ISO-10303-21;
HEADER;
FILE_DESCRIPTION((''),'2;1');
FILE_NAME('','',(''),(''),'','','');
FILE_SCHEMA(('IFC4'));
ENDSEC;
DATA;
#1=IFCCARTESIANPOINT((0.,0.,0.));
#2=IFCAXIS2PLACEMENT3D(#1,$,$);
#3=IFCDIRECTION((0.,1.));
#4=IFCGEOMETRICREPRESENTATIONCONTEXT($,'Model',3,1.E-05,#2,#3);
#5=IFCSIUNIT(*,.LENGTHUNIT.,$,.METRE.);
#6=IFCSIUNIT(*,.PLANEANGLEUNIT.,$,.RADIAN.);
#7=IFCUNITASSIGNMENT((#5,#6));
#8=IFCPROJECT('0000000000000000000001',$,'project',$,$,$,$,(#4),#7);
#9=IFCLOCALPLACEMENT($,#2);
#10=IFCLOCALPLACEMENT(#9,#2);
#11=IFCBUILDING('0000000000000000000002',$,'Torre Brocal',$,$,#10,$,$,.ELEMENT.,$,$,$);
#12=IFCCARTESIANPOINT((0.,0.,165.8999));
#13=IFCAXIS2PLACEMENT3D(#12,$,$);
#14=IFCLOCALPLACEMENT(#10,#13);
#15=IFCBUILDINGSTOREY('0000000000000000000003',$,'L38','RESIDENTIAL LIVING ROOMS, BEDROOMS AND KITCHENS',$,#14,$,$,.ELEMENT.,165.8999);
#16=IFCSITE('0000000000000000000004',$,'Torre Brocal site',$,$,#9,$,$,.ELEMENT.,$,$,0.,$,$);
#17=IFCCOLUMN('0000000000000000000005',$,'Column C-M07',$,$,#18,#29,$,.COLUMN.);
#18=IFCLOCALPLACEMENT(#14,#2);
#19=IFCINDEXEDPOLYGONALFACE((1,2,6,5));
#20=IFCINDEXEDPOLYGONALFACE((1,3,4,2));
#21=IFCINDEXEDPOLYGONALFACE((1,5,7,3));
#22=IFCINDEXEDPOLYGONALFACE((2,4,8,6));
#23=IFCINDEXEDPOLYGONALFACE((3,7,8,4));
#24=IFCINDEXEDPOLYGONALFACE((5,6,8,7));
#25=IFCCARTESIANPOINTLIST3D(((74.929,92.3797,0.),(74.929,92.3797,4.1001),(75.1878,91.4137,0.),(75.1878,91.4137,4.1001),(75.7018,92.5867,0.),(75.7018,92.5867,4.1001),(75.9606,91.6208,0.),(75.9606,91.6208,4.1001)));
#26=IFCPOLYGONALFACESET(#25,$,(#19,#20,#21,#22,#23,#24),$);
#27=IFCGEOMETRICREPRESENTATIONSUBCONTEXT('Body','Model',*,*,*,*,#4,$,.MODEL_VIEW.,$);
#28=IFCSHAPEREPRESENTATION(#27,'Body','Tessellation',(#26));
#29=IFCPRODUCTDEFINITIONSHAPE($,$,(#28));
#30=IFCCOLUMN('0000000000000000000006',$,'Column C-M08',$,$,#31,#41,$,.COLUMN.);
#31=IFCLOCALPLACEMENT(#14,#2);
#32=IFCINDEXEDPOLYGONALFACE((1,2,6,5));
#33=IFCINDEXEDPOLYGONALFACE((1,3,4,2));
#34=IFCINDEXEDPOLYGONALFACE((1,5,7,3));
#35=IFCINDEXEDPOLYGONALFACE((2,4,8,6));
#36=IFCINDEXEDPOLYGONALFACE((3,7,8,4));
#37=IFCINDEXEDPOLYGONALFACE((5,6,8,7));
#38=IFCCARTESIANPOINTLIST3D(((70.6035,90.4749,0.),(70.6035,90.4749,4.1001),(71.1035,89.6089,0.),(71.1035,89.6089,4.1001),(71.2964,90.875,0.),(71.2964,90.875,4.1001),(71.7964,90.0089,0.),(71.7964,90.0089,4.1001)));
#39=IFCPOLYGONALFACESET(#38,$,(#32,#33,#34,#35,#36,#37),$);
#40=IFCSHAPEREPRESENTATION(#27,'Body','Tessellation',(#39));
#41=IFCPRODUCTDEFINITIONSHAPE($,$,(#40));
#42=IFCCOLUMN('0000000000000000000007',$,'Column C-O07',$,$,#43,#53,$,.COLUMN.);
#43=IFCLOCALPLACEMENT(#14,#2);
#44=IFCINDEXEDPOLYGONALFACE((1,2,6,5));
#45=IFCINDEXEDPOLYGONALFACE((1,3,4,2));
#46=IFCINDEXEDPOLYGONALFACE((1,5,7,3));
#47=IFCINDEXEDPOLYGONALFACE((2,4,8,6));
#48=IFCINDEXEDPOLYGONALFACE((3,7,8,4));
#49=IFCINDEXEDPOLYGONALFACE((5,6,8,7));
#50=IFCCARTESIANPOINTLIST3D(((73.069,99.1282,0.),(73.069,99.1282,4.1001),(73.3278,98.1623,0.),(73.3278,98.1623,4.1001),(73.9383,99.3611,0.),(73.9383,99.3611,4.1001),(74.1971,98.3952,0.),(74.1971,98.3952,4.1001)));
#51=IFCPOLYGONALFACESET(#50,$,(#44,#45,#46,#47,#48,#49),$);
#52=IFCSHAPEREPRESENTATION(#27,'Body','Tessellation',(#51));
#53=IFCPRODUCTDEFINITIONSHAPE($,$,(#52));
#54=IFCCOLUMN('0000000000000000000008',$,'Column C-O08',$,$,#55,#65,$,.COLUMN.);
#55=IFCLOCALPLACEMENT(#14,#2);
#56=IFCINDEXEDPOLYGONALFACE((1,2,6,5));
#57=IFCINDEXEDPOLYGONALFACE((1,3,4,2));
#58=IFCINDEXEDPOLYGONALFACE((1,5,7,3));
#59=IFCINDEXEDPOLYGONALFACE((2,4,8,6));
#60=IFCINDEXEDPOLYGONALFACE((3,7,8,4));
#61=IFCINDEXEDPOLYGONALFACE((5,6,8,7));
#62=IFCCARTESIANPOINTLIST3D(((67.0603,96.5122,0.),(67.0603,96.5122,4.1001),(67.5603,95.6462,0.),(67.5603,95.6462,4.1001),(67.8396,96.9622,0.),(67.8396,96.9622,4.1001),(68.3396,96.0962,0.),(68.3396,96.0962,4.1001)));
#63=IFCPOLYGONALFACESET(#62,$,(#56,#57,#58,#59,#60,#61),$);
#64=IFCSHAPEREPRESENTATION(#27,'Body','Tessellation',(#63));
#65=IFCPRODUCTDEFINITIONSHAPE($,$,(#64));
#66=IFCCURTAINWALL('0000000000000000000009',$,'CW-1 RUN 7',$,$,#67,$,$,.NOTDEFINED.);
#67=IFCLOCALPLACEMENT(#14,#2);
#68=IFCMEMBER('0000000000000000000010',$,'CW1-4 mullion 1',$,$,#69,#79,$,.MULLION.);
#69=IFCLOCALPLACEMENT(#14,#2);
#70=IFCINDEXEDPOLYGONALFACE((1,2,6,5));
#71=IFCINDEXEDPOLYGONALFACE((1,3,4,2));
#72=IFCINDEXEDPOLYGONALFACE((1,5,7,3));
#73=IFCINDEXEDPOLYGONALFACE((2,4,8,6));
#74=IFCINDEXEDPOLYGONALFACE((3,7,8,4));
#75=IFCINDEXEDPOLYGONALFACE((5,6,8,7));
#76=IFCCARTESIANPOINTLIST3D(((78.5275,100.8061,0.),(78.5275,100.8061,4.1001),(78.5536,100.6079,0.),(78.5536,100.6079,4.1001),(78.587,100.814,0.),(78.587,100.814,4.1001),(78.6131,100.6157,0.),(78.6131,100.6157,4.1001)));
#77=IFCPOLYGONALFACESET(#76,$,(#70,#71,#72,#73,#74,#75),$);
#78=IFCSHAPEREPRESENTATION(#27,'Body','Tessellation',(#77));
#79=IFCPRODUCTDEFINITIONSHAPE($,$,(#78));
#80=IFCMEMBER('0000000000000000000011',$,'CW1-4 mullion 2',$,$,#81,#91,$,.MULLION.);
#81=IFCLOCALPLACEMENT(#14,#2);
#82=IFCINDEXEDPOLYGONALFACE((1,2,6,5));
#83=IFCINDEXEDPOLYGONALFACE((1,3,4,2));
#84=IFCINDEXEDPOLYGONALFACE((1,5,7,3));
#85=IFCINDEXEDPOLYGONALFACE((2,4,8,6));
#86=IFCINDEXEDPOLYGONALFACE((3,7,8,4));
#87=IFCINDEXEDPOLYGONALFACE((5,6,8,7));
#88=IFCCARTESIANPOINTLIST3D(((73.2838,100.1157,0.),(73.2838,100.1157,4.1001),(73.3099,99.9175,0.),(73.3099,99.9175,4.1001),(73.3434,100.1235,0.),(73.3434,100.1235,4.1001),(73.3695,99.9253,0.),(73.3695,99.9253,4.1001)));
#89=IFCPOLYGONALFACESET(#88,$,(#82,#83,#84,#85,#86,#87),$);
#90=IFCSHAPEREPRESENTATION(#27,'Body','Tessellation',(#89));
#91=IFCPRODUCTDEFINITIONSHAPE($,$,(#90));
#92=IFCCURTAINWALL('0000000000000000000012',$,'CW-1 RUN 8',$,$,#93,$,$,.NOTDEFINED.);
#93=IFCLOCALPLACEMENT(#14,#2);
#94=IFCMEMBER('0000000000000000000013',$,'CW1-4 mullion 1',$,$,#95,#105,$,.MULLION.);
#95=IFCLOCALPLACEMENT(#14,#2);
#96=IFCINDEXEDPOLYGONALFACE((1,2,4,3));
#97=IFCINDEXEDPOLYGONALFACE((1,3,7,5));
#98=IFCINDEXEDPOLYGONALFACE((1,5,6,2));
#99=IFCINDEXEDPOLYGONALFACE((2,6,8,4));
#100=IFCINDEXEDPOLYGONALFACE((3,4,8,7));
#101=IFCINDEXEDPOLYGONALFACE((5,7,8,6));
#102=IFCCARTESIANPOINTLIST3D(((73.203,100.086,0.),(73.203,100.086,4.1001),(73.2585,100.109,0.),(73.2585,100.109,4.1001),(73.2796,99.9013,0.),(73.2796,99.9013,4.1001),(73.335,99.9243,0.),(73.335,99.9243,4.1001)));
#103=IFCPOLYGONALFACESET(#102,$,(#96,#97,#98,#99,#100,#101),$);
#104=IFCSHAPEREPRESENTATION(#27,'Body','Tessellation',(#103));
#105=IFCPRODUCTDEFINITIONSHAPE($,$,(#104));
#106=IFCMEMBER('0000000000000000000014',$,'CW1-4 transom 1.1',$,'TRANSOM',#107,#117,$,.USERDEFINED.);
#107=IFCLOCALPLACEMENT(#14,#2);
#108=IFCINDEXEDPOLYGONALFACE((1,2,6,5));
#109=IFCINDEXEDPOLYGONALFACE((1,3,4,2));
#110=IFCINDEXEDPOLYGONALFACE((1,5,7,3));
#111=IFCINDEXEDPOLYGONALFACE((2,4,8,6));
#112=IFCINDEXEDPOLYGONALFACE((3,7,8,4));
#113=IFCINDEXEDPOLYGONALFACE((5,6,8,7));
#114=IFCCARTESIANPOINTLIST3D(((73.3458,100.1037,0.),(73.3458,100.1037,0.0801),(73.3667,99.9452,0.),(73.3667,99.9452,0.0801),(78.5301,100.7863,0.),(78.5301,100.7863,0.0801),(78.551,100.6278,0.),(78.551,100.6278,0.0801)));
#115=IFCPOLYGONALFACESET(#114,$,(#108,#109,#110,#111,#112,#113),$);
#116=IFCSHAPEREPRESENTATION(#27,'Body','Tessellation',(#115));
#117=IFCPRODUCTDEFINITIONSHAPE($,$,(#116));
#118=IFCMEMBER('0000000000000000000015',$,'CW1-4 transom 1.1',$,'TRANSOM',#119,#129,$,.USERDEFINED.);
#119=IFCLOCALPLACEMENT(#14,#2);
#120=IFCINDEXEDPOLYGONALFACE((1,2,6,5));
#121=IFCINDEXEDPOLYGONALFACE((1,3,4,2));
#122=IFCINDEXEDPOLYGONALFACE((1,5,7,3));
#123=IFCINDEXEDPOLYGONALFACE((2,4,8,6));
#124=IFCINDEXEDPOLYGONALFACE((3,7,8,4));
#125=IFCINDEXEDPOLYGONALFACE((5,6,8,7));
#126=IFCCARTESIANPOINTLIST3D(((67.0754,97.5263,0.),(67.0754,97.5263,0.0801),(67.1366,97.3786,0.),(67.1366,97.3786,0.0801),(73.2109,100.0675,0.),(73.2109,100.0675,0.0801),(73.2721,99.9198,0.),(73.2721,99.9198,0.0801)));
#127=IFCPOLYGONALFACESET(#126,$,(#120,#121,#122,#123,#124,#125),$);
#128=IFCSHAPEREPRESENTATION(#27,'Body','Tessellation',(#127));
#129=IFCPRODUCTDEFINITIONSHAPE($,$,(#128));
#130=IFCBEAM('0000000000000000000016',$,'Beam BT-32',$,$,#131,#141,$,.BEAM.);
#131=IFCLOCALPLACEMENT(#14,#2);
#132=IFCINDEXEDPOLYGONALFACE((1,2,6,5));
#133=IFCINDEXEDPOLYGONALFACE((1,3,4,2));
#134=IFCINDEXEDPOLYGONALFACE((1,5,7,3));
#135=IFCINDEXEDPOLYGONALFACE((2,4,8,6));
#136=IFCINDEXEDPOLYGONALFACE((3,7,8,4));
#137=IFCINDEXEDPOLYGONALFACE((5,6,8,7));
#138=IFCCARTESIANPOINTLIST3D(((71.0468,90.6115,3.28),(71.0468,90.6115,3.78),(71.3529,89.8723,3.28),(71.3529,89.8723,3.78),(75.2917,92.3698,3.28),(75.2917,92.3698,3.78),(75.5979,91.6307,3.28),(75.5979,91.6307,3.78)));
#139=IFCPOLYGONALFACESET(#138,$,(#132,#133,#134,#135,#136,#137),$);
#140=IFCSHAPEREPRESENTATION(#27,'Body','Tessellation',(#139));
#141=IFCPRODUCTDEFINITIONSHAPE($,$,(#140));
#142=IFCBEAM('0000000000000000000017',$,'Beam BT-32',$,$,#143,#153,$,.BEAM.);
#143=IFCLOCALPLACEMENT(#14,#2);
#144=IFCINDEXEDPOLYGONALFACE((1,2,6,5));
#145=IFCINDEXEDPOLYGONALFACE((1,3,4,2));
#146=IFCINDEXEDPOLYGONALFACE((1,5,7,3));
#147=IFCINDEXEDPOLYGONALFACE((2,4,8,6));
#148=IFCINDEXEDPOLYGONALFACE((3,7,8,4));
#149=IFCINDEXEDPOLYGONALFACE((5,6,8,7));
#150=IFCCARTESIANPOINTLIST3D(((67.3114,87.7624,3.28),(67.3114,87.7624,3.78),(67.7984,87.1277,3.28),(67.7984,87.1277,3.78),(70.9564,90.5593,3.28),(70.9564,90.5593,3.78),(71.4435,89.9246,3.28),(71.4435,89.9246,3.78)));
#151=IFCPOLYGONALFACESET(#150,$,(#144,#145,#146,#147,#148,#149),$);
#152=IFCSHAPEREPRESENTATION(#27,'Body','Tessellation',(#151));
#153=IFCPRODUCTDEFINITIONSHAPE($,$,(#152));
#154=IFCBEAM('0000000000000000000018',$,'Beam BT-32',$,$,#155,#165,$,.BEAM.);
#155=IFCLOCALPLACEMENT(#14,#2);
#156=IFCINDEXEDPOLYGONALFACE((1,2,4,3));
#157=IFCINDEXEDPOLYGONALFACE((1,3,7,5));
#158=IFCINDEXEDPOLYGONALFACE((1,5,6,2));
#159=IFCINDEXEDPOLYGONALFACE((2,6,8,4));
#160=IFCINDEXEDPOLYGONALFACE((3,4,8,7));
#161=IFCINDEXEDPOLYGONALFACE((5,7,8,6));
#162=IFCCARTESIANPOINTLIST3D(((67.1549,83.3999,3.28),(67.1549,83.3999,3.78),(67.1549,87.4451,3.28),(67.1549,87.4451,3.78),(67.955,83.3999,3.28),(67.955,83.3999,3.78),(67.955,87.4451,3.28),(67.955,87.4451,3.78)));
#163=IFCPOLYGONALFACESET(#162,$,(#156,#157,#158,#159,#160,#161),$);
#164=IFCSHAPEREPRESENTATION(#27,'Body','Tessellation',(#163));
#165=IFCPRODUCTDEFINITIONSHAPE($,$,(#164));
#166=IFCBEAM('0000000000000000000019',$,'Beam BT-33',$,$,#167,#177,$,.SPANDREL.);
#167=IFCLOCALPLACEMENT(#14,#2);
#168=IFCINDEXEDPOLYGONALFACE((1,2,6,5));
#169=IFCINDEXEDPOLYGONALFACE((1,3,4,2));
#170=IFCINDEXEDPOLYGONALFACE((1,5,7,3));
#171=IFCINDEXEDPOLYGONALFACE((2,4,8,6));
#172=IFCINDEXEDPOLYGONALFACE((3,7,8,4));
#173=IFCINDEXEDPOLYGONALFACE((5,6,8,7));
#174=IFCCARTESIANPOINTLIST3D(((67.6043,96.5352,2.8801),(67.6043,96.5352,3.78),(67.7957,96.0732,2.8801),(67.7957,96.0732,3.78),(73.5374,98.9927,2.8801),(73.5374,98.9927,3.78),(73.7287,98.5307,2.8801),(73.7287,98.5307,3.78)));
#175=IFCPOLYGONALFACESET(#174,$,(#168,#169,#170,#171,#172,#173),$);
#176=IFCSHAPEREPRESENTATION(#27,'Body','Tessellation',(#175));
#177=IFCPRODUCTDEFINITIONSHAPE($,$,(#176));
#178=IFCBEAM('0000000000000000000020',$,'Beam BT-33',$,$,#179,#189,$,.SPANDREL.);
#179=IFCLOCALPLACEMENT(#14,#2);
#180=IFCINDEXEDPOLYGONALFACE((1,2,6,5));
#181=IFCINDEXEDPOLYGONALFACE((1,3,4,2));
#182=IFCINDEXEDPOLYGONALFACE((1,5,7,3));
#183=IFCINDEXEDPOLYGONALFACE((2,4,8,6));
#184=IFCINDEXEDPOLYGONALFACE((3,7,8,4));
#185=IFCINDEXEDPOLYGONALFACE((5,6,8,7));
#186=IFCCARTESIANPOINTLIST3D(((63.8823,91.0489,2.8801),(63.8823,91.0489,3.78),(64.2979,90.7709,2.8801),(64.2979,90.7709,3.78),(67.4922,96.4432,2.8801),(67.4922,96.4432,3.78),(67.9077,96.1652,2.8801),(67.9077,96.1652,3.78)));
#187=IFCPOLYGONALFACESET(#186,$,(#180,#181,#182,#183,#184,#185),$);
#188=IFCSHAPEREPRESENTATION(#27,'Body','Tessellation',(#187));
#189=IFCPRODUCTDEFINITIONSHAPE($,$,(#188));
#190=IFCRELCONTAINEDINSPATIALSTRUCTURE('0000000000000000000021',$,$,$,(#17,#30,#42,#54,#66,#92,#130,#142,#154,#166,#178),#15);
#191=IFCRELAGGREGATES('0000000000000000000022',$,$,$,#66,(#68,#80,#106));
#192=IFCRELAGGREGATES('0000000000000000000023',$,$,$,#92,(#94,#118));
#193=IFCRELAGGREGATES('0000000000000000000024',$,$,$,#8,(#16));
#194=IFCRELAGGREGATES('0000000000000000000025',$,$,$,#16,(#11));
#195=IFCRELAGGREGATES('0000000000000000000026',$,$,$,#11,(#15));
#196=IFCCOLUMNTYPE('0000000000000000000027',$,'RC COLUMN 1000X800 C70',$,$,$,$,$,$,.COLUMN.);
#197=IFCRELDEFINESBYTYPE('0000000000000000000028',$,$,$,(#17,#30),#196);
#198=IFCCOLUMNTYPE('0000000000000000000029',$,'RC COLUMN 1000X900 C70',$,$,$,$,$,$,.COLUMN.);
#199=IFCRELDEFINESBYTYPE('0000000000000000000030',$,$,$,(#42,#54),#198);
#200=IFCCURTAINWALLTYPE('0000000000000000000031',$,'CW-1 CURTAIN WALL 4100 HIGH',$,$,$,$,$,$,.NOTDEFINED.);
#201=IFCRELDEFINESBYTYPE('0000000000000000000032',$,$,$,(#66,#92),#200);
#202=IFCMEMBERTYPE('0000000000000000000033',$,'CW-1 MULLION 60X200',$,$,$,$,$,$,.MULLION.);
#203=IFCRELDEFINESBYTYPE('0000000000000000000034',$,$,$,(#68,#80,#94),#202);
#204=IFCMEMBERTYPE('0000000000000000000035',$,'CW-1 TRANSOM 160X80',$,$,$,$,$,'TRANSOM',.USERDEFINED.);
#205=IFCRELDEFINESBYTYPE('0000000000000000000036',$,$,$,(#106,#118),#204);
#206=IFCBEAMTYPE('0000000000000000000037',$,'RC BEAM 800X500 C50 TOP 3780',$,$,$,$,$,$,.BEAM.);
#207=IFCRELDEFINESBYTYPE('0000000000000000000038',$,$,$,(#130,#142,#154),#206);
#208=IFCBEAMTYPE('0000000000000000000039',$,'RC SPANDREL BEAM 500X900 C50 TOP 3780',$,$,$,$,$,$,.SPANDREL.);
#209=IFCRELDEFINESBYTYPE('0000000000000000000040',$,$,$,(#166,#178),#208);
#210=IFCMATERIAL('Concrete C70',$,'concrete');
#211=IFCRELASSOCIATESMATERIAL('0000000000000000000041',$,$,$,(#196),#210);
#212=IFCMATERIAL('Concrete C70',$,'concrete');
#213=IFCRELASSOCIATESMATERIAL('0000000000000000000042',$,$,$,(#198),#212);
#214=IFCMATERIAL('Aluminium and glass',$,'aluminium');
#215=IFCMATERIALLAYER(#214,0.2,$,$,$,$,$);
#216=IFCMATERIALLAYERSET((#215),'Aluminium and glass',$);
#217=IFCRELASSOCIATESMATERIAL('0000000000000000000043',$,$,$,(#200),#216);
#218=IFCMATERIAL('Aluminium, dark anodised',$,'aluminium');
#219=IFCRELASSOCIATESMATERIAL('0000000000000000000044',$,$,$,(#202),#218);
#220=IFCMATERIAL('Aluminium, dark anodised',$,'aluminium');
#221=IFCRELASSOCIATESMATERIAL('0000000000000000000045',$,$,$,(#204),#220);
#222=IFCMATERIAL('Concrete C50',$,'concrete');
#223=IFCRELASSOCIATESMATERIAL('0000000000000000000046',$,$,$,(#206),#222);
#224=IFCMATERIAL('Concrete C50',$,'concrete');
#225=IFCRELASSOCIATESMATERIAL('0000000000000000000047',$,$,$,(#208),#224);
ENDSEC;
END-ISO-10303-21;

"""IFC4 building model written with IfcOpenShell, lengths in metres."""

from ifc_helpers import new_model, si_unit, direction, frame, origin, origin_2d, place, context, subcontext, project, spatial, rectangle, extrude, material, layer, layer_set, material_profile, profile_set, type_object, element, aggregate, save


model = new_model("IFC4")

# Units and contexts
model_context = context("Model", 3, precision=1e-05, world=origin(), true_north=direction((0.0, 1.0)))
body_context = subcontext(model_context, "Body", "Model", "MODEL_VIEW")
ifc_project = project(units=[si_unit("LENGTHUNIT", "METRE"), si_unit("PLANEANGLEUNIT", "RADIAN")], contexts=[model_context])

# Site, building, storey
site_placement = place(None, origin())
site = spatial("IfcSite", under=ifc_project, at=site_placement, Name="Torre Brocal site", CompositionType="ELEMENT", RefElevation=0.0)
building_placement = place(site_placement, origin())
building = spatial("IfcBuilding", under=site, at=building_placement, Name="Torre Brocal", CompositionType="ELEMENT")
storey_placement = place(building_placement, frame((0.0, 0.0, 165.8999)))
storey = spatial("IfcBuildingStorey", under=building, at=storey_placement, Name="L38", Description="RESIDENTIAL LIVING ROOMS, BEDROOMS AND KITCHENS", CompositionType="ELEMENT", Elevation=165.8999)

# Columns
ifc_material_1 = material(Name="Concrete C70", Category="concrete")
ifc_material_profile_1 = material_profile(ifc_material_1, rectangle(XDim=1.0, YDim=0.8, at=origin_2d()), Name="RC 1000X800")
ifc_profile_set_1 = profile_set([ifc_material_profile_1], Name="Concrete C70")
column_type_1 = type_object("IfcColumnType", Name="RC COLUMN 1000X800 C70", PredefinedType="COLUMN", material=ifc_profile_set_1)
for number, where, z_axis, x_axis, name in (
    (1, (75.4448, 92.0002, 0.0), (0.0, 0.0, 1.0), (-0.258819, 0.965926, 0.0), "Column C-M07"),
    (2, (71.2, 90.2419, 0.0), (0.0, 0.0, 1.0), (-0.5, 0.866025, 0.0), "Column C-M08"),
):
    element("IfcColumn", number, at=place(storey_placement, frame(where, z_axis=z_axis, x_axis=x_axis)), inside=storey, type_object=column_type_1, Name=name, PredefinedType="COLUMN", context=body_context, shape_type="SweptSolid", body=[
        extrude(rectangle(XDim=1.0, YDim=0.8, at=origin_2d()), origin(), (0.0, 0.0, 1.0), 4.1001),
    ])
ifc_material_2 = material(Name="Concrete C70", Category="concrete")
ifc_material_profile_2 = material_profile(ifc_material_2, rectangle(XDim=1.0, YDim=0.8999, at=origin_2d()), Name="RC 1000X900")
ifc_profile_set_2 = profile_set([ifc_material_profile_2], Name="Concrete C70")
column_type_2 = type_object("IfcColumnType", Name="RC COLUMN 1000X900 C70", PredefinedType="COLUMN", material=ifc_profile_set_2)
for number, where, z_axis, x_axis, name in (
    (3, (73.6331, 98.7617, 0.0), (0.0, 0.0, 1.0), (-0.258819, 0.965926, 0.0), "Column C-O07"),
    (4, (67.7, 96.3042, 0.0), (0.0, 0.0, 1.0), (-0.5, 0.866025, 0.0), "Column C-O08"),
):
    element("IfcColumn", number, at=place(storey_placement, frame(where, z_axis=z_axis, x_axis=x_axis)), inside=storey, type_object=column_type_2, Name=name, PredefinedType="COLUMN", context=body_context, shape_type="SweptSolid", body=[
        extrude(rectangle(XDim=1.0, YDim=0.8999, at=origin_2d()), origin(), (0.0, 0.0, 1.0), 4.1001),
    ])

# Curtain wall, members
ifc_material_3 = material(Name="Aluminium and glass", Category="aluminium")
ifc_layer_1 = layer(ifc_material_3, 0.2)
ifc_layer_set_1 = layer_set([ifc_layer_1], Name="Aluminium and glass")
curtain_wall_type = type_object("IfcCurtainWallType", Name="CW-1 CURTAIN WALL 4100 HIGH", PredefinedType="NOTDEFINED", material=ifc_layer_set_1)
curtain_wall_1_placement = place(storey_placement, origin())
curtain_wall_1 = element("IfcCurtainWall", 5, at=curtain_wall_1_placement, inside=storey, type_object=curtain_wall_type, Name="CW-1 RUN 7", PredefinedType="NOTDEFINED")
ifc_material_4 = material(Name="Aluminium, dark anodised", Category="aluminium")
ifc_material_profile_3 = material_profile(ifc_material_4, rectangle(XDim=0.2, YDim=0.0601, at=origin_2d()), Name="CW-1 MULLION 60X200")
ifc_profile_set_3 = profile_set([ifc_material_profile_3], Name="Aluminium, dark anodised")
member_type_1 = type_object("IfcMemberType", Name="CW-1 MULLION 60X200", PredefinedType="MULLION", material=ifc_profile_set_3)
member_1_placement = place(storey_placement, frame((78.5703, 100.7109, 0.0), z_axis=(0.0, 0.0, 1.0), x_axis=(0.130526, -0.991445, 0.0)))
member_1 = element("IfcMember", 6, at=member_1_placement, type_object=member_type_1, Name="CW1-4 mullion 1", PredefinedType="MULLION", context=body_context, shape_type="SweptSolid", body=[
    extrude(rectangle(XDim=0.2, YDim=0.0601, at=origin_2d()), origin(), (0.0, 0.0, 1.0), 4.1001),
])
member_2_placement = place(storey_placement, frame((73.3267, 100.0205, 0.0), z_axis=(0.0, 0.0, 1.0), x_axis=(0.130526, -0.991445, 0.0)))
member_2 = element("IfcMember", 7, at=member_2_placement, type_object=member_type_1, Name="CW1-4 mullion 2", PredefinedType="MULLION", context=body_context, shape_type="SweptSolid", body=[
    extrude(rectangle(XDim=0.2, YDim=0.0601, at=origin_2d()), origin(), (0.0, 0.0, 1.0), 4.1001),
])

# Curtain wall, member
curtain_wall_2_placement = place(storey_placement, origin())
curtain_wall_2 = element("IfcCurtainWall", 8, at=curtain_wall_2_placement, inside=storey, type_object=curtain_wall_type, Name="CW-1 RUN 8", PredefinedType="NOTDEFINED")
member_3_placement = place(storey_placement, frame((73.269, 100.0051, 0.0), z_axis=(0.0, 0.0, 1.0), x_axis=(0.382683, -0.92388, 0.0)))
member_3 = element("IfcMember", 9, at=member_3_placement, type_object=member_type_1, Name="CW1-4 mullion 1", PredefinedType="MULLION", context=body_context, shape_type="SweptSolid", body=[
    extrude(rectangle(XDim=0.2, YDim=0.0601, at=origin_2d()), origin(), (0.0, 0.0, 1.0), 4.1001),
])

# Members
ifc_material_5 = material(Name="Aluminium, dark anodised", Category="aluminium")
ifc_material_profile_4 = material_profile(ifc_material_5, rectangle(XDim=0.1599, YDim=0.0801, at=origin_2d()), Name="CW-1 TRANSOM 160X80")
ifc_profile_set_4 = profile_set([ifc_material_profile_4], Name="Aluminium, dark anodised")
member_type_2 = type_object("IfcMemberType", Name="CW-1 TRANSOM 160X80", ElementType="TRANSOM", PredefinedType="USERDEFINED", material=ifc_profile_set_4)
member_4_placement = place(storey_placement, frame((78.5405, 100.707, 0.04), z_axis=(-0.991443, -0.130543, 0.0), x_axis=(0.130543, -0.991443, 0.0)))
member_4 = element("IfcMember", 10, at=member_4_placement, type_object=member_type_2, Name="CW1-4 transom 1.1", ObjectType="TRANSOM", PredefinedType="USERDEFINED", context=body_context, shape_type="SweptSolid", body=[
    extrude(rectangle(XDim=0.1599, YDim=0.0801, at=origin_2d()), origin(), (0.0, 0.0, 1.0), 5.229),
])
member_5_placement = place(storey_placement, frame((73.2415, 99.9937, 0.04), z_axis=(-0.923887, -0.382665, 0.0), x_axis=(0.382665, -0.923887, 0.0)))
member_5 = element("IfcMember", 11, at=member_5_placement, type_object=member_type_2, Name="CW1-4 transom 1.1", ObjectType="TRANSOM", PredefinedType="USERDEFINED", context=body_context, shape_type="SweptSolid", body=[
    extrude(rectangle(XDim=0.1599, YDim=0.0801, at=origin_2d()), origin(), (0.0, 0.0, 1.0), 6.6409),
])

# Beams
ifc_material_6 = material(Name="Concrete C50", Category="concrete")
ifc_material_profile_5 = material_profile(ifc_material_6, rectangle(XDim=0.8, YDim=0.5, at=origin_2d()), Name="RC 800X500")
ifc_profile_set_5 = profile_set([ifc_material_profile_5], Name="Concrete C50")
beam_type_1 = type_object("IfcBeamType", Name="RC BEAM 800X500 C50 TOP 3780", PredefinedType="BEAM", material=ifc_profile_set_5)
beam_1_placement = place(storey_placement, frame((75.4448, 92.0002, 3.53), z_axis=(-0.923878, -0.382687, 0.0), x_axis=(0.382687, -0.923878, 0.0)))
element("IfcBeam", 12, at=beam_1_placement, inside=storey, type_object=beam_type_1, Name="Beam BT-32", PredefinedType="BEAM", context=body_context, shape_type="SweptSolid", body=[
    extrude(rectangle(XDim=0.8, YDim=0.5, at=origin_2d()), origin(), (0.0, 0.0, 1.0), 4.5947),
])
beam_2_placement = place(storey_placement, frame((71.2, 90.2419, 3.53), z_axis=(-0.793358, -0.608755, 0.0), x_axis=(0.608755, -0.793358, 0.0)))
element("IfcBeam", 13, at=beam_2_placement, inside=storey, type_object=beam_type_1, Name="Beam BT-32", PredefinedType="BEAM", context=body_context, shape_type="SweptSolid", body=[
    extrude(rectangle(XDim=0.8, YDim=0.5, at=origin_2d()), origin(), (0.0, 0.0, 1.0), 4.5945),
])
beam_3_placement = place(storey_placement, frame((67.5549, 87.4451, 3.53), z_axis=(0.0, -1.0, 0.0), x_axis=(1.0, 0.0, 0.0)))
element("IfcBeam", 14, at=beam_3_placement, inside=storey, type_object=beam_type_1, Name="Beam BT-32", PredefinedType="BEAM", context=body_context, shape_type="SweptSolid", body=[
    extrude(rectangle(XDim=0.8, YDim=0.5, at=origin_2d()), origin(), (0.0, 0.0, 1.0), 4.0452),
])
ifc_material_7 = material(Name="Concrete C50", Category="concrete")
ifc_material_profile_6 = material_profile(ifc_material_7, rectangle(XDim=0.5, YDim=0.8999, at=origin_2d()), Name="RC 500X900")
ifc_profile_set_6 = profile_set([ifc_material_profile_6], Name="Concrete C50")
beam_type_2 = type_object("IfcBeamType", Name="RC SPANDREL BEAM 500X900 C50 TOP 3780", PredefinedType="SPANDREL", material=ifc_profile_set_6)
beam_4_placement = place(storey_placement, frame((73.6331, 98.7617, 3.3301), z_axis=(-0.923882, -0.382676, 0.0), x_axis=(0.382676, -0.923882, 0.0)))
element("IfcBeam", 15, at=beam_4_placement, inside=storey, type_object=beam_type_2, Name="Beam BT-33", PredefinedType="SPANDREL", context=body_context, shape_type="SweptSolid", body=[
    extrude(rectangle(XDim=0.5, YDim=0.8999, at=origin_2d()), origin(), (0.0, 0.0, 1.0), 6.4219),
])
beam_5_placement = place(storey_placement, frame((67.7, 96.3042, 3.3301), z_axis=(-0.556158, -0.831077, 0.0), x_axis=(0.831077, -0.556158, 0.0)))
element("IfcBeam", 16, at=beam_5_placement, inside=storey, type_object=beam_type_2, Name="Beam BT-33", PredefinedType="SPANDREL", context=body_context, shape_type="SweptSolid", body=[
    extrude(rectangle(XDim=0.5, YDim=0.8999, at=origin_2d()), origin(), (0.0, 0.0, 1.0), 6.4907),
])

aggregate(curtain_wall_1, [member_1, member_2, member_4])
aggregate(curtain_wall_2, [member_3, member_5])

save(model, "model.ifc")
